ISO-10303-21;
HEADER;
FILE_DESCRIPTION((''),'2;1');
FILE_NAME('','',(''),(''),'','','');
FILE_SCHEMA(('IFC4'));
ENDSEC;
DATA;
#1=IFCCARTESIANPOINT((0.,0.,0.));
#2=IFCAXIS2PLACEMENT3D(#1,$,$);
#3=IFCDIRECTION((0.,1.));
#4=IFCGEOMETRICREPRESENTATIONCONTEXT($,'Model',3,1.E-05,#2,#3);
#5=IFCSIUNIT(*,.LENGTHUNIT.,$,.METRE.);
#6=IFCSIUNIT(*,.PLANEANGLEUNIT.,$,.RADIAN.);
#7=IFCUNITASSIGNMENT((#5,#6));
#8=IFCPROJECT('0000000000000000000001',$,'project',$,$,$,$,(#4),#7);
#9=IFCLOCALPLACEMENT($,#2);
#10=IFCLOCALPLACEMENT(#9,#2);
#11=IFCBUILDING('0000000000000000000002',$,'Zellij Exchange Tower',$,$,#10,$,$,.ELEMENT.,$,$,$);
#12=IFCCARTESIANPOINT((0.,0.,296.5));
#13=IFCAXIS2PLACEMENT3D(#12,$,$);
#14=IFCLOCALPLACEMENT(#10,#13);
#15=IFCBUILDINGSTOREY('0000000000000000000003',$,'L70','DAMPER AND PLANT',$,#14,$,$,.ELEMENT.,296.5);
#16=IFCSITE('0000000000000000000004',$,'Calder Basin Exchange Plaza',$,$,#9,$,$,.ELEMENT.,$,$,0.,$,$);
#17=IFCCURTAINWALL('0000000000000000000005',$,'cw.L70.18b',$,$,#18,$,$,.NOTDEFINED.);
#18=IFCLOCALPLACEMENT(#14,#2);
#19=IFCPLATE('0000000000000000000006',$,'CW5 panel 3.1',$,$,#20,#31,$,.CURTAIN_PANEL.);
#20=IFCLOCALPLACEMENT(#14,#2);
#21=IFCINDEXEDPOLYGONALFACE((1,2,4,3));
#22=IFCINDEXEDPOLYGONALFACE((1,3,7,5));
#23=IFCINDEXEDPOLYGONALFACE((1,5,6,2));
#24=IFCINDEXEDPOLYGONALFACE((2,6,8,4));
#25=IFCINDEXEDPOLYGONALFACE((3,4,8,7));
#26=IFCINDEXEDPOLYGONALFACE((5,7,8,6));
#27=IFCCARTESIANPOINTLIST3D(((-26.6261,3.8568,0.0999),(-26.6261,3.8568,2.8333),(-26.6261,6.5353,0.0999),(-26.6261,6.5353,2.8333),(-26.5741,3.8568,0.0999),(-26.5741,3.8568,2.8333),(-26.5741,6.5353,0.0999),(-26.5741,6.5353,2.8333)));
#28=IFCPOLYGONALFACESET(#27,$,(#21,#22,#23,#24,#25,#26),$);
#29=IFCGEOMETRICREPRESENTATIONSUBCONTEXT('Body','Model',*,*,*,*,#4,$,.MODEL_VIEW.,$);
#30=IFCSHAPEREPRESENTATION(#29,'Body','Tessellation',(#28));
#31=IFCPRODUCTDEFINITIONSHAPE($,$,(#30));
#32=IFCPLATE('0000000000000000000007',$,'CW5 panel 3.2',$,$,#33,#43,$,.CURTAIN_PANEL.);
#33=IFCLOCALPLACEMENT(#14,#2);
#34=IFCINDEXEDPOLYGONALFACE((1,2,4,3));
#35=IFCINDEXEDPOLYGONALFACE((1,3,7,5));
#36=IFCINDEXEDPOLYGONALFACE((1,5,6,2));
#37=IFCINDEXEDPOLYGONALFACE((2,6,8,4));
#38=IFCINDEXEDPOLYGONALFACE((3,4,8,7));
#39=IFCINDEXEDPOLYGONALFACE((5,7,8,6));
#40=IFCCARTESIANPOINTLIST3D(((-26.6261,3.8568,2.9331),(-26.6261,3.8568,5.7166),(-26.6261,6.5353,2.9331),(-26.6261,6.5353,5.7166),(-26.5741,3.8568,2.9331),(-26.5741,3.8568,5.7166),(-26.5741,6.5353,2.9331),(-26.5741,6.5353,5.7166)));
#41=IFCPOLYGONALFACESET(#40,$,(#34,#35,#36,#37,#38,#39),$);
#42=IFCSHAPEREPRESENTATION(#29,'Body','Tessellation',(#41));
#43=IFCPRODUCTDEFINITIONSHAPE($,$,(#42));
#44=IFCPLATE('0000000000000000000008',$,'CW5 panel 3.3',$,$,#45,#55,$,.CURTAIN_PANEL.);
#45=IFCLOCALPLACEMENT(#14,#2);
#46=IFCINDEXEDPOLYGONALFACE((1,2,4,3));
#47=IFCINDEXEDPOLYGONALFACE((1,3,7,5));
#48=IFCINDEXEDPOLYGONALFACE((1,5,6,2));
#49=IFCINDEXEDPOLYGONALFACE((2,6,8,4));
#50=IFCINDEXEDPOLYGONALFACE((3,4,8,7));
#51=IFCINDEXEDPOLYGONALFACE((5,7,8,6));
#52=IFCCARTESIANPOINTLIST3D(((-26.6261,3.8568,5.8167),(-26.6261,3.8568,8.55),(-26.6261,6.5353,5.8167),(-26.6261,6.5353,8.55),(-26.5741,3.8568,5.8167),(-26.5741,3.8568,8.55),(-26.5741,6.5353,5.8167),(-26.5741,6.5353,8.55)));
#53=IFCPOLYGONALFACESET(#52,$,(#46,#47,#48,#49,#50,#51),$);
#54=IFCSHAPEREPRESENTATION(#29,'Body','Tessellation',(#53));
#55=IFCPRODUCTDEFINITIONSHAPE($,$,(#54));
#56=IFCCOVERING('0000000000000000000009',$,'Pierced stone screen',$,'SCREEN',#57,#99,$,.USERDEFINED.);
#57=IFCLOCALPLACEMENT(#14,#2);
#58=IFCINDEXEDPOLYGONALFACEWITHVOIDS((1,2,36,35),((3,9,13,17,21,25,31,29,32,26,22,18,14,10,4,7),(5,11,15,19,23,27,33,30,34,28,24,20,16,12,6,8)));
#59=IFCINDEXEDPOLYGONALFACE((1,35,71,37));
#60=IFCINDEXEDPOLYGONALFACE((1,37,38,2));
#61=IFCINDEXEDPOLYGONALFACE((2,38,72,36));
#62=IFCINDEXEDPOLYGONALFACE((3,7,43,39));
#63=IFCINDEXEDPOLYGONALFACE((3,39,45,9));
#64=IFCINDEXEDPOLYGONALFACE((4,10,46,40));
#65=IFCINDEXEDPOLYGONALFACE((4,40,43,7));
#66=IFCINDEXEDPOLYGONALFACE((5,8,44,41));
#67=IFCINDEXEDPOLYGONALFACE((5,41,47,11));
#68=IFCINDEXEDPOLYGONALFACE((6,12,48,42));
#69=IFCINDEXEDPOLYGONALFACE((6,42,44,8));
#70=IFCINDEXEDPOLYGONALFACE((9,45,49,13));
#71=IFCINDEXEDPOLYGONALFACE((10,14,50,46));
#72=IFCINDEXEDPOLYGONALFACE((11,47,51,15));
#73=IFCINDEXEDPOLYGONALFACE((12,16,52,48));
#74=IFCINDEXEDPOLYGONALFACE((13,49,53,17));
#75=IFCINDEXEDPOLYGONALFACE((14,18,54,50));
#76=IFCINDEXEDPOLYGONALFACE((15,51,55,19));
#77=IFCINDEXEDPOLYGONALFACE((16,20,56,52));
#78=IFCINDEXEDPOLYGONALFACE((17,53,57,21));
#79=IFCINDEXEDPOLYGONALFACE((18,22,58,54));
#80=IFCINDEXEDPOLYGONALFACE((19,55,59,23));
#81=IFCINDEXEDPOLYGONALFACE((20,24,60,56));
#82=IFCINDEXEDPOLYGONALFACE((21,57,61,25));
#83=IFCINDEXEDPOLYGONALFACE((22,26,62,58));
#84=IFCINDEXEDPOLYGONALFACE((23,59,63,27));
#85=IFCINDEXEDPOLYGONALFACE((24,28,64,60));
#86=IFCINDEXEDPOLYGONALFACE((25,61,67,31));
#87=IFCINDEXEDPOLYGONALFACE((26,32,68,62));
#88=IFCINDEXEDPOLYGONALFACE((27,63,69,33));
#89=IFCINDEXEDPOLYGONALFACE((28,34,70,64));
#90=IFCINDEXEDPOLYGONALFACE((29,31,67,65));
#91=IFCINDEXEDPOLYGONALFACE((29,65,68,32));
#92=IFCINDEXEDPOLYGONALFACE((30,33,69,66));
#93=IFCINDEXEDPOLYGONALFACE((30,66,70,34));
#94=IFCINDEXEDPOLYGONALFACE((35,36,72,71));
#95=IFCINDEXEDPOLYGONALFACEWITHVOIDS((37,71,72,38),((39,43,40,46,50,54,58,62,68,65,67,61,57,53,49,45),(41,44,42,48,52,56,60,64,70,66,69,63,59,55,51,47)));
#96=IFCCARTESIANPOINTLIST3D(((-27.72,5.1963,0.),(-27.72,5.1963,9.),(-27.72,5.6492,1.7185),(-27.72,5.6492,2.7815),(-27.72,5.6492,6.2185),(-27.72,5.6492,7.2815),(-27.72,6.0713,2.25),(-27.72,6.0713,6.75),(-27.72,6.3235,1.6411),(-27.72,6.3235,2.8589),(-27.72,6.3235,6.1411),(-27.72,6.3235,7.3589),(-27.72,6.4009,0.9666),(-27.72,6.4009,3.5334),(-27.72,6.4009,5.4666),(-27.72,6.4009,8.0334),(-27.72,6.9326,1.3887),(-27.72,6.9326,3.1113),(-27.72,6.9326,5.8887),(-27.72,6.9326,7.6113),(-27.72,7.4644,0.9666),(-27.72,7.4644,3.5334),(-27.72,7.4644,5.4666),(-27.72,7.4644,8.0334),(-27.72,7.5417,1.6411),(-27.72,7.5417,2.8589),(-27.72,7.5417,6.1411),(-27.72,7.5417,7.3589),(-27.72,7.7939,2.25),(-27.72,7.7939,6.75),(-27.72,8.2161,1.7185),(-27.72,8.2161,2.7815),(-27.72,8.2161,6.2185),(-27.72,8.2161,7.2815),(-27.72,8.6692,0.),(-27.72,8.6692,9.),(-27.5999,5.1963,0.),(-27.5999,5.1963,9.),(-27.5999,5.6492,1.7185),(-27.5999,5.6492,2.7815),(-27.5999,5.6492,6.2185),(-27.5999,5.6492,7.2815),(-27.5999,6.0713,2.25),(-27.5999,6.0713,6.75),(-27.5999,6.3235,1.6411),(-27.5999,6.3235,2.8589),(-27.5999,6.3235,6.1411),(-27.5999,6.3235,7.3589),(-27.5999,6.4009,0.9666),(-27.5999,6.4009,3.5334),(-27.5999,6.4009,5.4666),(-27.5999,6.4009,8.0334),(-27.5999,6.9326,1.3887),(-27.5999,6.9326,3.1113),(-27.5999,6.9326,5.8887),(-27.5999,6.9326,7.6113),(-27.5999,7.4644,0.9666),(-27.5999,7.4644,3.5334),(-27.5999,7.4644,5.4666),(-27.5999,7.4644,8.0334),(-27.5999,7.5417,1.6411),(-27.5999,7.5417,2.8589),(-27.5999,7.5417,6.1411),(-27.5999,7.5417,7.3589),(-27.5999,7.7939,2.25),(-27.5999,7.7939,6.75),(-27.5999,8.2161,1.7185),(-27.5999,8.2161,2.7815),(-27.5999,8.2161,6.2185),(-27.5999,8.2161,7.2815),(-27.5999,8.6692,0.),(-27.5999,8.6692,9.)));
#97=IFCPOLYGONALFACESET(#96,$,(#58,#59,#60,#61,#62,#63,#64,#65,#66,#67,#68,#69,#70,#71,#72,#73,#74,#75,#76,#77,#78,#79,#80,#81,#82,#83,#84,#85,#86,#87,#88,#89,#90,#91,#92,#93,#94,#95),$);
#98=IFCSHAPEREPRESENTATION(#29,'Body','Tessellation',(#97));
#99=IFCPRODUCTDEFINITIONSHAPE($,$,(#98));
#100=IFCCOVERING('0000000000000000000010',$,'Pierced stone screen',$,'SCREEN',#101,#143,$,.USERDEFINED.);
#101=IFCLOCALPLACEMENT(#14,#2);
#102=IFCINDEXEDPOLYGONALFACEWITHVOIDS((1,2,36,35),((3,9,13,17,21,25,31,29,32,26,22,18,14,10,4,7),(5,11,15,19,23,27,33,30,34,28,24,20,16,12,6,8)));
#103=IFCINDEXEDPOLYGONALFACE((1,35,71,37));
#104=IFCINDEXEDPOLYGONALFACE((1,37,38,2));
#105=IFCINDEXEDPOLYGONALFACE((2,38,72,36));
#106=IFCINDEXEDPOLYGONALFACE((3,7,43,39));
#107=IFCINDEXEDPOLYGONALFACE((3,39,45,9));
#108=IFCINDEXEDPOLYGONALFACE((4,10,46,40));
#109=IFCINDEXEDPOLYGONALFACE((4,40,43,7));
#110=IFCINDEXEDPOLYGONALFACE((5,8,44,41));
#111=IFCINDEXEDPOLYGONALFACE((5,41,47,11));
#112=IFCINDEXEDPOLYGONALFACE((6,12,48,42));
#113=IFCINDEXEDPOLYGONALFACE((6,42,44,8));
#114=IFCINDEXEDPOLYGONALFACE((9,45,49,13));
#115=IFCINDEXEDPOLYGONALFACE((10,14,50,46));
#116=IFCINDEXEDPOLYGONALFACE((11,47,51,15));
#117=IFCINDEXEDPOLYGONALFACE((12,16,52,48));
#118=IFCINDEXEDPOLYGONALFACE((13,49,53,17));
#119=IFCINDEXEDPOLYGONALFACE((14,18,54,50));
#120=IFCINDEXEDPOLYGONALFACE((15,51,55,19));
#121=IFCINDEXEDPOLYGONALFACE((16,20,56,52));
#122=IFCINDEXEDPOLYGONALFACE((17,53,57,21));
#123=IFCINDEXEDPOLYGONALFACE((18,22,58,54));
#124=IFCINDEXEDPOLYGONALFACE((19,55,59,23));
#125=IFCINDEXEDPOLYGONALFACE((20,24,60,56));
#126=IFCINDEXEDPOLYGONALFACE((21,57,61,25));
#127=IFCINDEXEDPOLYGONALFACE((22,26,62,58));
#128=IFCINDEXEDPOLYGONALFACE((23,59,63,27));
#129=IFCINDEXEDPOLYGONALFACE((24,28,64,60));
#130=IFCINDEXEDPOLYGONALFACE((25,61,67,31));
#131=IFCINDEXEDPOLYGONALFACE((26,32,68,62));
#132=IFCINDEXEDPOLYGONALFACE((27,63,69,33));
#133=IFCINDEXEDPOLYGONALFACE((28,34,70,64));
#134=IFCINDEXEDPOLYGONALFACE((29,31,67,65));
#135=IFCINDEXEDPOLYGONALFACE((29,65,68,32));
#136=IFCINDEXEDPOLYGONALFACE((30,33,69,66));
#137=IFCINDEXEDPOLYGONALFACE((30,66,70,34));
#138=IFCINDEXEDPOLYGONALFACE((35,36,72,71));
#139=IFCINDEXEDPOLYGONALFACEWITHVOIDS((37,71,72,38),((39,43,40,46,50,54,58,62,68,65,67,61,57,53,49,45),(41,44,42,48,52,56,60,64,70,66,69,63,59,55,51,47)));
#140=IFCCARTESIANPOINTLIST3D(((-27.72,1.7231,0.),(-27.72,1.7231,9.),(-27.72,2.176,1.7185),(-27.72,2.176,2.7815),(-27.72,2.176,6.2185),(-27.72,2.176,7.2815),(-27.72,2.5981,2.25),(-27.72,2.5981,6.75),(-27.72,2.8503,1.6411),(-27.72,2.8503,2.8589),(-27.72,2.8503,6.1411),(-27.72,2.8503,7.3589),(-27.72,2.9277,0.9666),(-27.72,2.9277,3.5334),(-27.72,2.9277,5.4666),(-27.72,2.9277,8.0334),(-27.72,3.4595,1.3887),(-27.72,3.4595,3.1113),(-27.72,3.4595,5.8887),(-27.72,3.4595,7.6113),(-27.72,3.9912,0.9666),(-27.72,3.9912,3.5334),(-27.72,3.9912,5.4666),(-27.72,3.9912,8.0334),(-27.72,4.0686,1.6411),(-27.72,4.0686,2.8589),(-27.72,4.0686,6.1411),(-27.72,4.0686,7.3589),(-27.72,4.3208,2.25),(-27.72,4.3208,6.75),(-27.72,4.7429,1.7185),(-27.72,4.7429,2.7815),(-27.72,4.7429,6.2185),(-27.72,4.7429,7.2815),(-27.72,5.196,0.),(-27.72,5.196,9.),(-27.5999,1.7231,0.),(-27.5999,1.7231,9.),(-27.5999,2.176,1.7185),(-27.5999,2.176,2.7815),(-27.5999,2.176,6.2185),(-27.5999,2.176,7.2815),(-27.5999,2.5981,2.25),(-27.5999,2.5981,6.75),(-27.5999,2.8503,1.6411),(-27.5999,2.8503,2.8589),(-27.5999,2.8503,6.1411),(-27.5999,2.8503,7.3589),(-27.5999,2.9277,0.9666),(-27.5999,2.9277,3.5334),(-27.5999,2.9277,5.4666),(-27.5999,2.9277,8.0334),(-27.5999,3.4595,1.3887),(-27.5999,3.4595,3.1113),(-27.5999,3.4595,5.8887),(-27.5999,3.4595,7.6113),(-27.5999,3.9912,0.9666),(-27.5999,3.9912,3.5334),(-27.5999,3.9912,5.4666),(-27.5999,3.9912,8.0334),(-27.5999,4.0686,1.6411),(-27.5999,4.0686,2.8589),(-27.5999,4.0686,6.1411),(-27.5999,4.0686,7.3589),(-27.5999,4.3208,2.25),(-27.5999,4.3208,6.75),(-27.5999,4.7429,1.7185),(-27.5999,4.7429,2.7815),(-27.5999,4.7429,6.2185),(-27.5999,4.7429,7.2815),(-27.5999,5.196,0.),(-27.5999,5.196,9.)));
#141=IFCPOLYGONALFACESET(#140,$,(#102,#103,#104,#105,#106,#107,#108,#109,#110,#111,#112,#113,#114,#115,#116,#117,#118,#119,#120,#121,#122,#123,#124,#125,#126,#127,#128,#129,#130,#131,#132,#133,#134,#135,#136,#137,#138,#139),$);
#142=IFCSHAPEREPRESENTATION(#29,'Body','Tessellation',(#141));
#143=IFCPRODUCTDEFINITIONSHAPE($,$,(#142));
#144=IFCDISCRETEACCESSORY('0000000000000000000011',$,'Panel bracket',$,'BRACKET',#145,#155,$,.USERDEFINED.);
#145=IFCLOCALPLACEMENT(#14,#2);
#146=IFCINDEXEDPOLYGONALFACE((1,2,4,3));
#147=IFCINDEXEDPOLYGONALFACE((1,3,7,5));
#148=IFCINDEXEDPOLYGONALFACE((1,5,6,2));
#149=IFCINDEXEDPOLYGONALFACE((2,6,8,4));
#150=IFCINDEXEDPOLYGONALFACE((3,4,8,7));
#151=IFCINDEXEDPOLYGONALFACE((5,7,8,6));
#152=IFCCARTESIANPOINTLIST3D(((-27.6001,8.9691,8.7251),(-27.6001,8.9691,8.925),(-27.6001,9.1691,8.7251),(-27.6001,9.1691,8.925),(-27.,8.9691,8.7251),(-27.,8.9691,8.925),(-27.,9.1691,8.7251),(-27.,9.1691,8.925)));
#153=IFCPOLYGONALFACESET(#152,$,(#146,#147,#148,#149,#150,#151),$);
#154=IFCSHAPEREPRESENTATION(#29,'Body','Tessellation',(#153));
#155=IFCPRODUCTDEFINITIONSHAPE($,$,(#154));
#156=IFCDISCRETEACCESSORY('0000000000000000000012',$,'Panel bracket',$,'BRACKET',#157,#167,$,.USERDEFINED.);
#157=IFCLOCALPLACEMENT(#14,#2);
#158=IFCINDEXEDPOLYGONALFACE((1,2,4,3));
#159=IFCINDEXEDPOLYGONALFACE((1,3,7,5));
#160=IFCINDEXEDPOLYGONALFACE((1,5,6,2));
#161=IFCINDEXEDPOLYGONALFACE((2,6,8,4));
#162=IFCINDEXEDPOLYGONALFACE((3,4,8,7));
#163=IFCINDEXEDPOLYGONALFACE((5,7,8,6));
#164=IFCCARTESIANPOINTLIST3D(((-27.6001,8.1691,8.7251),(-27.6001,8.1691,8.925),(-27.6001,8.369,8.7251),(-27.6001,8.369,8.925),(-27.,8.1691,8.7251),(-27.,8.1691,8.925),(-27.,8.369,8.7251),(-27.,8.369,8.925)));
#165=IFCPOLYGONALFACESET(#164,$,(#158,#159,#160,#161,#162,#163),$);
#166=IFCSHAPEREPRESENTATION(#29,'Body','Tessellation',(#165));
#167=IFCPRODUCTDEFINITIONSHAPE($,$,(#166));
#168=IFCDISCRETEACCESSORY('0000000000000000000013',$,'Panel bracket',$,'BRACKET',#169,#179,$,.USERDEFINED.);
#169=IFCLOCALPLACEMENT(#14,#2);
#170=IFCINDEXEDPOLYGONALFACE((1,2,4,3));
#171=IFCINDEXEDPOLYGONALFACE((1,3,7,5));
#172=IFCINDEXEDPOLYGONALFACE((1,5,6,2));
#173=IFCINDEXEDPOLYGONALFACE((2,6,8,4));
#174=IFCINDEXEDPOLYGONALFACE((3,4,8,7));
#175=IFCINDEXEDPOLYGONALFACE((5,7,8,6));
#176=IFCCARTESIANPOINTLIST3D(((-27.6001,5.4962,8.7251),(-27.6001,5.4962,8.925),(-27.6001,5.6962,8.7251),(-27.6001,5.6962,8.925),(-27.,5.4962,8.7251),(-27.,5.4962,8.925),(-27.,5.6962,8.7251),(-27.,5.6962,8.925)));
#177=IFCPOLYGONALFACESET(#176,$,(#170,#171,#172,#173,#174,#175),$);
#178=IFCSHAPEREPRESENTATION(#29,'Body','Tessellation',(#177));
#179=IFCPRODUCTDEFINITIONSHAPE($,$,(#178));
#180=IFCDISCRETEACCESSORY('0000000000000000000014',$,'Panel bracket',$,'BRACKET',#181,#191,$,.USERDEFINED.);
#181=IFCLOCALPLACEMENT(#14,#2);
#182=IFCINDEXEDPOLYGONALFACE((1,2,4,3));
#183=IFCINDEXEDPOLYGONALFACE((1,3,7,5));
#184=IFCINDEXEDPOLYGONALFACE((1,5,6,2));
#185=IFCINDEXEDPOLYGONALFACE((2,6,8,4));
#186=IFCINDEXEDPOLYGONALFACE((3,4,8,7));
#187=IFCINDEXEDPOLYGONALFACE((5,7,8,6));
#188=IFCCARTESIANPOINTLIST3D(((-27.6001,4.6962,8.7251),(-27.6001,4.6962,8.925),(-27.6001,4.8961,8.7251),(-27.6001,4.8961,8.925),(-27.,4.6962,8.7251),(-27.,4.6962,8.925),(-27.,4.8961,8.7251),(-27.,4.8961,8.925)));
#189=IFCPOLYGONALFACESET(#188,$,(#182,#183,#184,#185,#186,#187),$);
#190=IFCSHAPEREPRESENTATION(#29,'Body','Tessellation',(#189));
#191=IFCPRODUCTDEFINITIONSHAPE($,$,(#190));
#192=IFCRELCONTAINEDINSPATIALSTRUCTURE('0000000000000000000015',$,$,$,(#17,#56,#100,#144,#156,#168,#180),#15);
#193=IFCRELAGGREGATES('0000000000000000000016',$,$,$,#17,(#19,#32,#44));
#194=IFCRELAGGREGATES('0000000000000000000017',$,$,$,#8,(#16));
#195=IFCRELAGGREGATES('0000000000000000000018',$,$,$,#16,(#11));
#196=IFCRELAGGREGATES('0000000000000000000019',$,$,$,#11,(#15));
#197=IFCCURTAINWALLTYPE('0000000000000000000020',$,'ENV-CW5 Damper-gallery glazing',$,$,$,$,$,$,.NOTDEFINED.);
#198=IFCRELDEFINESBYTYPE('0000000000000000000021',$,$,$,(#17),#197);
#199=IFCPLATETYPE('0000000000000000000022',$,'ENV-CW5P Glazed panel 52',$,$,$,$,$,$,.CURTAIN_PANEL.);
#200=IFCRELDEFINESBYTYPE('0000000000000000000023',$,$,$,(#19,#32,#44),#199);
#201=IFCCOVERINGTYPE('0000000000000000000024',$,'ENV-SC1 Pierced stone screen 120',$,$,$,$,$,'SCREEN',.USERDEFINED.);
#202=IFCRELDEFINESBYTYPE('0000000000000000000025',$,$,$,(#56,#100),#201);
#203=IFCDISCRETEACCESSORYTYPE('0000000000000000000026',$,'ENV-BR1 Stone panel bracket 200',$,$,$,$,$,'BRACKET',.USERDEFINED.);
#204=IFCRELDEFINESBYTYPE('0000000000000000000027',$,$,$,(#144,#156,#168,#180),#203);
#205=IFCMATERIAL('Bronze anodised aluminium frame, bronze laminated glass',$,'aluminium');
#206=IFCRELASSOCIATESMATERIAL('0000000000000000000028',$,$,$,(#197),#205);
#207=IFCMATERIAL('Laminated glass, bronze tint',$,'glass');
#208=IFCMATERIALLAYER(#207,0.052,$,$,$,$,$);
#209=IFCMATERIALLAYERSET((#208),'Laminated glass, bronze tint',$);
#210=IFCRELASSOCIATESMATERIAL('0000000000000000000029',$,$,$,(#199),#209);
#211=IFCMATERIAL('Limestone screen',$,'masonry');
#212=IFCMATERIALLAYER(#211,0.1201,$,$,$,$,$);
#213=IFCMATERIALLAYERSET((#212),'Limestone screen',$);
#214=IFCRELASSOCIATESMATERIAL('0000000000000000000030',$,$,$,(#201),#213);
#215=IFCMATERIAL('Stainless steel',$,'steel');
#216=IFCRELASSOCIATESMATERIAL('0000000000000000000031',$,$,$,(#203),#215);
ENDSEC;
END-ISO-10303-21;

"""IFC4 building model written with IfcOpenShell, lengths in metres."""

from ifc_helpers import new_model, si_unit, direction, frame, origin, origin_2d, place, context, subcontext, project, spatial, polyline, rectangle, outline, extrude, material, layer, layer_set, type_object, element, aggregate, save


model = new_model("IFC4")

# Units and contexts
model_context = context("Model", 3, precision=1e-05, world=origin(), true_north=direction((0.0, 1.0)))
body_context = subcontext(model_context, "Body", "Model", "MODEL_VIEW")
ifc_project = project(units=[si_unit("LENGTHUNIT", "METRE"), si_unit("PLANEANGLEUNIT", "RADIAN")], contexts=[model_context])

# Site, building, storey
site_placement = place(None, origin())
site = spatial("IfcSite", under=ifc_project, at=site_placement, Name="Calder Basin Exchange Plaza", CompositionType="ELEMENT", RefElevation=0.0)
building_placement = place(site_placement, origin())
building = spatial("IfcBuilding", under=site, at=building_placement, Name="Zellij Exchange Tower", CompositionType="ELEMENT")
storey_placement = place(building_placement, frame((0.0, 0.0, 296.5)))
storey = spatial("IfcBuildingStorey", under=building, at=storey_placement, Name="L70", Description="DAMPER AND PLANT", CompositionType="ELEMENT", Elevation=296.5)

# Curtain wall, plates
ifc_material_1 = material(Name="Bronze anodised aluminium frame, bronze laminated glass", Category="aluminium")
curtain_wall_type = type_object("IfcCurtainWallType", Name="ENV-CW5 Damper-gallery glazing", PredefinedType="NOTDEFINED", material=ifc_material_1)
curtain_wall_placement = place(storey_placement, origin())
curtain_wall = element("IfcCurtainWall", 1, at=curtain_wall_placement, inside=storey, type_object=curtain_wall_type, Name="cw.L70.18b", PredefinedType="NOTDEFINED")
ifc_material_2 = material(Name="Laminated glass, bronze tint", Category="glass")
ifc_layer_1 = layer(ifc_material_2, 0.052)
ifc_layer_set_1 = layer_set([ifc_layer_1], Name="Laminated glass, bronze tint")
plate_type = type_object("IfcPlateType", Name="ENV-CW5P Glazed panel 52", PredefinedType="CURTAIN_PANEL", material=ifc_layer_set_1)
plate_1_placement = place(storey_placement, frame((-26.6001, 5.196, 0.0999), z_axis=(0.0, 0.0, 1.0), x_axis=(0.0, -1.0, 0.0)))
plate_1 = element("IfcPlate", 2, at=plate_1_placement, type_object=plate_type, Name="CW5 panel 3.1", PredefinedType="CURTAIN_PANEL", context=body_context, shape_type="SweptSolid", body=[
    extrude(rectangle(XDim=2.6785, YDim=0.052, at=origin_2d()), origin(), (0.0, 0.0, 1.0), 2.7334),
])
plate_2_placement = place(storey_placement, frame((-26.6001, 5.196, 2.9331), z_axis=(0.0, 0.0, 1.0), x_axis=(0.0, -1.0, 0.0)))
plate_2 = element("IfcPlate", 3, at=plate_2_placement, type_object=plate_type, Name="CW5 panel 3.2", PredefinedType="CURTAIN_PANEL", context=body_context, shape_type="SweptSolid", body=[
    extrude(rectangle(XDim=2.6785, YDim=0.052, at=origin_2d()), origin(), (0.0, 0.0, 1.0), 2.7834),
])
plate_3_placement = place(storey_placement, frame((-26.6001, 5.196, 5.8167), z_axis=(0.0, 0.0, 1.0), x_axis=(0.0, -1.0, 0.0)))
plate_3 = element("IfcPlate", 4, at=plate_3_placement, type_object=plate_type, Name="CW5 panel 3.3", PredefinedType="CURTAIN_PANEL", context=body_context, shape_type="SweptSolid", body=[
    extrude(rectangle(XDim=2.6785, YDim=0.052, at=origin_2d()), origin(), (0.0, 0.0, 1.0), 2.7334),
])
aggregate(curtain_wall, [plate_1, plate_2, plate_3])

# Coverings
ifc_material_3 = material(Name="Limestone screen", Category="masonry")
ifc_layer_2 = layer(ifc_material_3, 0.1201)
ifc_layer_set_2 = layer_set([ifc_layer_2], Name="Limestone screen")
covering_type = type_object("IfcCoveringType", Name="ENV-SC1 Pierced stone screen 120", ElementType="SCREEN", PredefinedType="USERDEFINED", material=ifc_layer_set_2)
for number, where, z_axis, x_axis, name in (
    (5, (-27.6599, 8.6692, 0.0), (0.0, 0.0, 1.0), (0.0, -1.0, 0.0), "Pierced stone screen"),
    (6, (-27.6599, 5.196, 0.0), (0.0, 0.0, 1.0), (0.0, -1.0, 0.0), "Pierced stone screen"),
):
    element("IfcCovering", number, at=place(storey_placement, frame(where, z_axis=z_axis, x_axis=x_axis)), inside=storey, type_object=covering_type, Name=name, ObjectType="SCREEN", PredefinedType="USERDEFINED", context=body_context, shape_type="SweptSolid", body=[
        extrude(outline(polyline([(0.0, 0.0), (3.4729, 0.0), (3.4729, 9.0), (0.0, 9.0), (0.0, 0.0)]), holes=[polyline([(3.02, 2.7815), (2.3457, 2.8589), (2.2683, 3.5334), (1.7366, 3.1113), (1.2048, 3.5334), (1.1274, 2.8589), (0.4531, 2.7815), (0.8752, 2.25), (0.4531, 1.7185), (1.1274, 1.6411), (1.2048, 0.9666), (1.7366, 1.3887), (2.2683, 0.9666), (2.3457, 1.6411), (3.02, 1.7185), (2.5979, 2.25), (3.02, 2.7815)]), polyline([(3.02, 7.2815), (2.3457, 7.3589), (2.2683, 8.0334), (1.7366, 7.6113), (1.2048, 8.0334), (1.1274, 7.3589), (0.4531, 7.2815), (0.8752, 6.75), (0.4531, 6.2185), (1.1274, 6.1411), (1.2048, 5.4666), (1.7366, 5.8887), (2.2683, 5.4666), (2.3457, 6.1411), (3.02, 6.2185), (2.5979, 6.75), (3.02, 7.2815)])]), frame((0.0, 0.0601, 0.0), z_axis=(0.0, -1.0, 0.0), x_axis=(1.0, 0.0, 0.0)), (0.0, 0.0, 1.0), 0.1201),
    ])

# Discrete accessories
ifc_material_4 = material(Name="Stainless steel", Category="steel")
discrete_accessory_type = type_object("IfcDiscreteAccessoryType", Name="ENV-BR1 Stone panel bracket 200", ElementType="BRACKET", PredefinedType="USERDEFINED", material=ifc_material_4)
for number, where, z_axis, x_axis, name in (
    (7, (-27.3, 9.0691, 8.7251), (0.0, 0.0, 1.0), (0.0, -1.0, 0.0), "Panel bracket"),
    (8, (-27.3, 8.269, 8.7251), (0.0, 0.0, 1.0), (0.0, -1.0, 0.0), "Panel bracket"),
    (9, (-27.3, 5.5962, 8.7251), (0.0, 0.0, 1.0), (0.0, -1.0, 0.0), "Panel bracket"),
    (10, (-27.3, 4.7961, 8.7251), (0.0, 0.0, 1.0), (0.0, -1.0, 0.0), "Panel bracket"),
):
    element("IfcDiscreteAccessory", number, at=place(storey_placement, frame(where, z_axis=z_axis, x_axis=x_axis)), inside=storey, type_object=discrete_accessory_type, Name=name, ObjectType="BRACKET", PredefinedType="USERDEFINED", context=body_context, shape_type="SweptSolid", body=[
        extrude(rectangle(XDim=0.2, YDim=0.6001, at=origin_2d()), origin(), (0.0, 0.0, 1.0), 0.2),
    ])

save(model, "model.ifc")
